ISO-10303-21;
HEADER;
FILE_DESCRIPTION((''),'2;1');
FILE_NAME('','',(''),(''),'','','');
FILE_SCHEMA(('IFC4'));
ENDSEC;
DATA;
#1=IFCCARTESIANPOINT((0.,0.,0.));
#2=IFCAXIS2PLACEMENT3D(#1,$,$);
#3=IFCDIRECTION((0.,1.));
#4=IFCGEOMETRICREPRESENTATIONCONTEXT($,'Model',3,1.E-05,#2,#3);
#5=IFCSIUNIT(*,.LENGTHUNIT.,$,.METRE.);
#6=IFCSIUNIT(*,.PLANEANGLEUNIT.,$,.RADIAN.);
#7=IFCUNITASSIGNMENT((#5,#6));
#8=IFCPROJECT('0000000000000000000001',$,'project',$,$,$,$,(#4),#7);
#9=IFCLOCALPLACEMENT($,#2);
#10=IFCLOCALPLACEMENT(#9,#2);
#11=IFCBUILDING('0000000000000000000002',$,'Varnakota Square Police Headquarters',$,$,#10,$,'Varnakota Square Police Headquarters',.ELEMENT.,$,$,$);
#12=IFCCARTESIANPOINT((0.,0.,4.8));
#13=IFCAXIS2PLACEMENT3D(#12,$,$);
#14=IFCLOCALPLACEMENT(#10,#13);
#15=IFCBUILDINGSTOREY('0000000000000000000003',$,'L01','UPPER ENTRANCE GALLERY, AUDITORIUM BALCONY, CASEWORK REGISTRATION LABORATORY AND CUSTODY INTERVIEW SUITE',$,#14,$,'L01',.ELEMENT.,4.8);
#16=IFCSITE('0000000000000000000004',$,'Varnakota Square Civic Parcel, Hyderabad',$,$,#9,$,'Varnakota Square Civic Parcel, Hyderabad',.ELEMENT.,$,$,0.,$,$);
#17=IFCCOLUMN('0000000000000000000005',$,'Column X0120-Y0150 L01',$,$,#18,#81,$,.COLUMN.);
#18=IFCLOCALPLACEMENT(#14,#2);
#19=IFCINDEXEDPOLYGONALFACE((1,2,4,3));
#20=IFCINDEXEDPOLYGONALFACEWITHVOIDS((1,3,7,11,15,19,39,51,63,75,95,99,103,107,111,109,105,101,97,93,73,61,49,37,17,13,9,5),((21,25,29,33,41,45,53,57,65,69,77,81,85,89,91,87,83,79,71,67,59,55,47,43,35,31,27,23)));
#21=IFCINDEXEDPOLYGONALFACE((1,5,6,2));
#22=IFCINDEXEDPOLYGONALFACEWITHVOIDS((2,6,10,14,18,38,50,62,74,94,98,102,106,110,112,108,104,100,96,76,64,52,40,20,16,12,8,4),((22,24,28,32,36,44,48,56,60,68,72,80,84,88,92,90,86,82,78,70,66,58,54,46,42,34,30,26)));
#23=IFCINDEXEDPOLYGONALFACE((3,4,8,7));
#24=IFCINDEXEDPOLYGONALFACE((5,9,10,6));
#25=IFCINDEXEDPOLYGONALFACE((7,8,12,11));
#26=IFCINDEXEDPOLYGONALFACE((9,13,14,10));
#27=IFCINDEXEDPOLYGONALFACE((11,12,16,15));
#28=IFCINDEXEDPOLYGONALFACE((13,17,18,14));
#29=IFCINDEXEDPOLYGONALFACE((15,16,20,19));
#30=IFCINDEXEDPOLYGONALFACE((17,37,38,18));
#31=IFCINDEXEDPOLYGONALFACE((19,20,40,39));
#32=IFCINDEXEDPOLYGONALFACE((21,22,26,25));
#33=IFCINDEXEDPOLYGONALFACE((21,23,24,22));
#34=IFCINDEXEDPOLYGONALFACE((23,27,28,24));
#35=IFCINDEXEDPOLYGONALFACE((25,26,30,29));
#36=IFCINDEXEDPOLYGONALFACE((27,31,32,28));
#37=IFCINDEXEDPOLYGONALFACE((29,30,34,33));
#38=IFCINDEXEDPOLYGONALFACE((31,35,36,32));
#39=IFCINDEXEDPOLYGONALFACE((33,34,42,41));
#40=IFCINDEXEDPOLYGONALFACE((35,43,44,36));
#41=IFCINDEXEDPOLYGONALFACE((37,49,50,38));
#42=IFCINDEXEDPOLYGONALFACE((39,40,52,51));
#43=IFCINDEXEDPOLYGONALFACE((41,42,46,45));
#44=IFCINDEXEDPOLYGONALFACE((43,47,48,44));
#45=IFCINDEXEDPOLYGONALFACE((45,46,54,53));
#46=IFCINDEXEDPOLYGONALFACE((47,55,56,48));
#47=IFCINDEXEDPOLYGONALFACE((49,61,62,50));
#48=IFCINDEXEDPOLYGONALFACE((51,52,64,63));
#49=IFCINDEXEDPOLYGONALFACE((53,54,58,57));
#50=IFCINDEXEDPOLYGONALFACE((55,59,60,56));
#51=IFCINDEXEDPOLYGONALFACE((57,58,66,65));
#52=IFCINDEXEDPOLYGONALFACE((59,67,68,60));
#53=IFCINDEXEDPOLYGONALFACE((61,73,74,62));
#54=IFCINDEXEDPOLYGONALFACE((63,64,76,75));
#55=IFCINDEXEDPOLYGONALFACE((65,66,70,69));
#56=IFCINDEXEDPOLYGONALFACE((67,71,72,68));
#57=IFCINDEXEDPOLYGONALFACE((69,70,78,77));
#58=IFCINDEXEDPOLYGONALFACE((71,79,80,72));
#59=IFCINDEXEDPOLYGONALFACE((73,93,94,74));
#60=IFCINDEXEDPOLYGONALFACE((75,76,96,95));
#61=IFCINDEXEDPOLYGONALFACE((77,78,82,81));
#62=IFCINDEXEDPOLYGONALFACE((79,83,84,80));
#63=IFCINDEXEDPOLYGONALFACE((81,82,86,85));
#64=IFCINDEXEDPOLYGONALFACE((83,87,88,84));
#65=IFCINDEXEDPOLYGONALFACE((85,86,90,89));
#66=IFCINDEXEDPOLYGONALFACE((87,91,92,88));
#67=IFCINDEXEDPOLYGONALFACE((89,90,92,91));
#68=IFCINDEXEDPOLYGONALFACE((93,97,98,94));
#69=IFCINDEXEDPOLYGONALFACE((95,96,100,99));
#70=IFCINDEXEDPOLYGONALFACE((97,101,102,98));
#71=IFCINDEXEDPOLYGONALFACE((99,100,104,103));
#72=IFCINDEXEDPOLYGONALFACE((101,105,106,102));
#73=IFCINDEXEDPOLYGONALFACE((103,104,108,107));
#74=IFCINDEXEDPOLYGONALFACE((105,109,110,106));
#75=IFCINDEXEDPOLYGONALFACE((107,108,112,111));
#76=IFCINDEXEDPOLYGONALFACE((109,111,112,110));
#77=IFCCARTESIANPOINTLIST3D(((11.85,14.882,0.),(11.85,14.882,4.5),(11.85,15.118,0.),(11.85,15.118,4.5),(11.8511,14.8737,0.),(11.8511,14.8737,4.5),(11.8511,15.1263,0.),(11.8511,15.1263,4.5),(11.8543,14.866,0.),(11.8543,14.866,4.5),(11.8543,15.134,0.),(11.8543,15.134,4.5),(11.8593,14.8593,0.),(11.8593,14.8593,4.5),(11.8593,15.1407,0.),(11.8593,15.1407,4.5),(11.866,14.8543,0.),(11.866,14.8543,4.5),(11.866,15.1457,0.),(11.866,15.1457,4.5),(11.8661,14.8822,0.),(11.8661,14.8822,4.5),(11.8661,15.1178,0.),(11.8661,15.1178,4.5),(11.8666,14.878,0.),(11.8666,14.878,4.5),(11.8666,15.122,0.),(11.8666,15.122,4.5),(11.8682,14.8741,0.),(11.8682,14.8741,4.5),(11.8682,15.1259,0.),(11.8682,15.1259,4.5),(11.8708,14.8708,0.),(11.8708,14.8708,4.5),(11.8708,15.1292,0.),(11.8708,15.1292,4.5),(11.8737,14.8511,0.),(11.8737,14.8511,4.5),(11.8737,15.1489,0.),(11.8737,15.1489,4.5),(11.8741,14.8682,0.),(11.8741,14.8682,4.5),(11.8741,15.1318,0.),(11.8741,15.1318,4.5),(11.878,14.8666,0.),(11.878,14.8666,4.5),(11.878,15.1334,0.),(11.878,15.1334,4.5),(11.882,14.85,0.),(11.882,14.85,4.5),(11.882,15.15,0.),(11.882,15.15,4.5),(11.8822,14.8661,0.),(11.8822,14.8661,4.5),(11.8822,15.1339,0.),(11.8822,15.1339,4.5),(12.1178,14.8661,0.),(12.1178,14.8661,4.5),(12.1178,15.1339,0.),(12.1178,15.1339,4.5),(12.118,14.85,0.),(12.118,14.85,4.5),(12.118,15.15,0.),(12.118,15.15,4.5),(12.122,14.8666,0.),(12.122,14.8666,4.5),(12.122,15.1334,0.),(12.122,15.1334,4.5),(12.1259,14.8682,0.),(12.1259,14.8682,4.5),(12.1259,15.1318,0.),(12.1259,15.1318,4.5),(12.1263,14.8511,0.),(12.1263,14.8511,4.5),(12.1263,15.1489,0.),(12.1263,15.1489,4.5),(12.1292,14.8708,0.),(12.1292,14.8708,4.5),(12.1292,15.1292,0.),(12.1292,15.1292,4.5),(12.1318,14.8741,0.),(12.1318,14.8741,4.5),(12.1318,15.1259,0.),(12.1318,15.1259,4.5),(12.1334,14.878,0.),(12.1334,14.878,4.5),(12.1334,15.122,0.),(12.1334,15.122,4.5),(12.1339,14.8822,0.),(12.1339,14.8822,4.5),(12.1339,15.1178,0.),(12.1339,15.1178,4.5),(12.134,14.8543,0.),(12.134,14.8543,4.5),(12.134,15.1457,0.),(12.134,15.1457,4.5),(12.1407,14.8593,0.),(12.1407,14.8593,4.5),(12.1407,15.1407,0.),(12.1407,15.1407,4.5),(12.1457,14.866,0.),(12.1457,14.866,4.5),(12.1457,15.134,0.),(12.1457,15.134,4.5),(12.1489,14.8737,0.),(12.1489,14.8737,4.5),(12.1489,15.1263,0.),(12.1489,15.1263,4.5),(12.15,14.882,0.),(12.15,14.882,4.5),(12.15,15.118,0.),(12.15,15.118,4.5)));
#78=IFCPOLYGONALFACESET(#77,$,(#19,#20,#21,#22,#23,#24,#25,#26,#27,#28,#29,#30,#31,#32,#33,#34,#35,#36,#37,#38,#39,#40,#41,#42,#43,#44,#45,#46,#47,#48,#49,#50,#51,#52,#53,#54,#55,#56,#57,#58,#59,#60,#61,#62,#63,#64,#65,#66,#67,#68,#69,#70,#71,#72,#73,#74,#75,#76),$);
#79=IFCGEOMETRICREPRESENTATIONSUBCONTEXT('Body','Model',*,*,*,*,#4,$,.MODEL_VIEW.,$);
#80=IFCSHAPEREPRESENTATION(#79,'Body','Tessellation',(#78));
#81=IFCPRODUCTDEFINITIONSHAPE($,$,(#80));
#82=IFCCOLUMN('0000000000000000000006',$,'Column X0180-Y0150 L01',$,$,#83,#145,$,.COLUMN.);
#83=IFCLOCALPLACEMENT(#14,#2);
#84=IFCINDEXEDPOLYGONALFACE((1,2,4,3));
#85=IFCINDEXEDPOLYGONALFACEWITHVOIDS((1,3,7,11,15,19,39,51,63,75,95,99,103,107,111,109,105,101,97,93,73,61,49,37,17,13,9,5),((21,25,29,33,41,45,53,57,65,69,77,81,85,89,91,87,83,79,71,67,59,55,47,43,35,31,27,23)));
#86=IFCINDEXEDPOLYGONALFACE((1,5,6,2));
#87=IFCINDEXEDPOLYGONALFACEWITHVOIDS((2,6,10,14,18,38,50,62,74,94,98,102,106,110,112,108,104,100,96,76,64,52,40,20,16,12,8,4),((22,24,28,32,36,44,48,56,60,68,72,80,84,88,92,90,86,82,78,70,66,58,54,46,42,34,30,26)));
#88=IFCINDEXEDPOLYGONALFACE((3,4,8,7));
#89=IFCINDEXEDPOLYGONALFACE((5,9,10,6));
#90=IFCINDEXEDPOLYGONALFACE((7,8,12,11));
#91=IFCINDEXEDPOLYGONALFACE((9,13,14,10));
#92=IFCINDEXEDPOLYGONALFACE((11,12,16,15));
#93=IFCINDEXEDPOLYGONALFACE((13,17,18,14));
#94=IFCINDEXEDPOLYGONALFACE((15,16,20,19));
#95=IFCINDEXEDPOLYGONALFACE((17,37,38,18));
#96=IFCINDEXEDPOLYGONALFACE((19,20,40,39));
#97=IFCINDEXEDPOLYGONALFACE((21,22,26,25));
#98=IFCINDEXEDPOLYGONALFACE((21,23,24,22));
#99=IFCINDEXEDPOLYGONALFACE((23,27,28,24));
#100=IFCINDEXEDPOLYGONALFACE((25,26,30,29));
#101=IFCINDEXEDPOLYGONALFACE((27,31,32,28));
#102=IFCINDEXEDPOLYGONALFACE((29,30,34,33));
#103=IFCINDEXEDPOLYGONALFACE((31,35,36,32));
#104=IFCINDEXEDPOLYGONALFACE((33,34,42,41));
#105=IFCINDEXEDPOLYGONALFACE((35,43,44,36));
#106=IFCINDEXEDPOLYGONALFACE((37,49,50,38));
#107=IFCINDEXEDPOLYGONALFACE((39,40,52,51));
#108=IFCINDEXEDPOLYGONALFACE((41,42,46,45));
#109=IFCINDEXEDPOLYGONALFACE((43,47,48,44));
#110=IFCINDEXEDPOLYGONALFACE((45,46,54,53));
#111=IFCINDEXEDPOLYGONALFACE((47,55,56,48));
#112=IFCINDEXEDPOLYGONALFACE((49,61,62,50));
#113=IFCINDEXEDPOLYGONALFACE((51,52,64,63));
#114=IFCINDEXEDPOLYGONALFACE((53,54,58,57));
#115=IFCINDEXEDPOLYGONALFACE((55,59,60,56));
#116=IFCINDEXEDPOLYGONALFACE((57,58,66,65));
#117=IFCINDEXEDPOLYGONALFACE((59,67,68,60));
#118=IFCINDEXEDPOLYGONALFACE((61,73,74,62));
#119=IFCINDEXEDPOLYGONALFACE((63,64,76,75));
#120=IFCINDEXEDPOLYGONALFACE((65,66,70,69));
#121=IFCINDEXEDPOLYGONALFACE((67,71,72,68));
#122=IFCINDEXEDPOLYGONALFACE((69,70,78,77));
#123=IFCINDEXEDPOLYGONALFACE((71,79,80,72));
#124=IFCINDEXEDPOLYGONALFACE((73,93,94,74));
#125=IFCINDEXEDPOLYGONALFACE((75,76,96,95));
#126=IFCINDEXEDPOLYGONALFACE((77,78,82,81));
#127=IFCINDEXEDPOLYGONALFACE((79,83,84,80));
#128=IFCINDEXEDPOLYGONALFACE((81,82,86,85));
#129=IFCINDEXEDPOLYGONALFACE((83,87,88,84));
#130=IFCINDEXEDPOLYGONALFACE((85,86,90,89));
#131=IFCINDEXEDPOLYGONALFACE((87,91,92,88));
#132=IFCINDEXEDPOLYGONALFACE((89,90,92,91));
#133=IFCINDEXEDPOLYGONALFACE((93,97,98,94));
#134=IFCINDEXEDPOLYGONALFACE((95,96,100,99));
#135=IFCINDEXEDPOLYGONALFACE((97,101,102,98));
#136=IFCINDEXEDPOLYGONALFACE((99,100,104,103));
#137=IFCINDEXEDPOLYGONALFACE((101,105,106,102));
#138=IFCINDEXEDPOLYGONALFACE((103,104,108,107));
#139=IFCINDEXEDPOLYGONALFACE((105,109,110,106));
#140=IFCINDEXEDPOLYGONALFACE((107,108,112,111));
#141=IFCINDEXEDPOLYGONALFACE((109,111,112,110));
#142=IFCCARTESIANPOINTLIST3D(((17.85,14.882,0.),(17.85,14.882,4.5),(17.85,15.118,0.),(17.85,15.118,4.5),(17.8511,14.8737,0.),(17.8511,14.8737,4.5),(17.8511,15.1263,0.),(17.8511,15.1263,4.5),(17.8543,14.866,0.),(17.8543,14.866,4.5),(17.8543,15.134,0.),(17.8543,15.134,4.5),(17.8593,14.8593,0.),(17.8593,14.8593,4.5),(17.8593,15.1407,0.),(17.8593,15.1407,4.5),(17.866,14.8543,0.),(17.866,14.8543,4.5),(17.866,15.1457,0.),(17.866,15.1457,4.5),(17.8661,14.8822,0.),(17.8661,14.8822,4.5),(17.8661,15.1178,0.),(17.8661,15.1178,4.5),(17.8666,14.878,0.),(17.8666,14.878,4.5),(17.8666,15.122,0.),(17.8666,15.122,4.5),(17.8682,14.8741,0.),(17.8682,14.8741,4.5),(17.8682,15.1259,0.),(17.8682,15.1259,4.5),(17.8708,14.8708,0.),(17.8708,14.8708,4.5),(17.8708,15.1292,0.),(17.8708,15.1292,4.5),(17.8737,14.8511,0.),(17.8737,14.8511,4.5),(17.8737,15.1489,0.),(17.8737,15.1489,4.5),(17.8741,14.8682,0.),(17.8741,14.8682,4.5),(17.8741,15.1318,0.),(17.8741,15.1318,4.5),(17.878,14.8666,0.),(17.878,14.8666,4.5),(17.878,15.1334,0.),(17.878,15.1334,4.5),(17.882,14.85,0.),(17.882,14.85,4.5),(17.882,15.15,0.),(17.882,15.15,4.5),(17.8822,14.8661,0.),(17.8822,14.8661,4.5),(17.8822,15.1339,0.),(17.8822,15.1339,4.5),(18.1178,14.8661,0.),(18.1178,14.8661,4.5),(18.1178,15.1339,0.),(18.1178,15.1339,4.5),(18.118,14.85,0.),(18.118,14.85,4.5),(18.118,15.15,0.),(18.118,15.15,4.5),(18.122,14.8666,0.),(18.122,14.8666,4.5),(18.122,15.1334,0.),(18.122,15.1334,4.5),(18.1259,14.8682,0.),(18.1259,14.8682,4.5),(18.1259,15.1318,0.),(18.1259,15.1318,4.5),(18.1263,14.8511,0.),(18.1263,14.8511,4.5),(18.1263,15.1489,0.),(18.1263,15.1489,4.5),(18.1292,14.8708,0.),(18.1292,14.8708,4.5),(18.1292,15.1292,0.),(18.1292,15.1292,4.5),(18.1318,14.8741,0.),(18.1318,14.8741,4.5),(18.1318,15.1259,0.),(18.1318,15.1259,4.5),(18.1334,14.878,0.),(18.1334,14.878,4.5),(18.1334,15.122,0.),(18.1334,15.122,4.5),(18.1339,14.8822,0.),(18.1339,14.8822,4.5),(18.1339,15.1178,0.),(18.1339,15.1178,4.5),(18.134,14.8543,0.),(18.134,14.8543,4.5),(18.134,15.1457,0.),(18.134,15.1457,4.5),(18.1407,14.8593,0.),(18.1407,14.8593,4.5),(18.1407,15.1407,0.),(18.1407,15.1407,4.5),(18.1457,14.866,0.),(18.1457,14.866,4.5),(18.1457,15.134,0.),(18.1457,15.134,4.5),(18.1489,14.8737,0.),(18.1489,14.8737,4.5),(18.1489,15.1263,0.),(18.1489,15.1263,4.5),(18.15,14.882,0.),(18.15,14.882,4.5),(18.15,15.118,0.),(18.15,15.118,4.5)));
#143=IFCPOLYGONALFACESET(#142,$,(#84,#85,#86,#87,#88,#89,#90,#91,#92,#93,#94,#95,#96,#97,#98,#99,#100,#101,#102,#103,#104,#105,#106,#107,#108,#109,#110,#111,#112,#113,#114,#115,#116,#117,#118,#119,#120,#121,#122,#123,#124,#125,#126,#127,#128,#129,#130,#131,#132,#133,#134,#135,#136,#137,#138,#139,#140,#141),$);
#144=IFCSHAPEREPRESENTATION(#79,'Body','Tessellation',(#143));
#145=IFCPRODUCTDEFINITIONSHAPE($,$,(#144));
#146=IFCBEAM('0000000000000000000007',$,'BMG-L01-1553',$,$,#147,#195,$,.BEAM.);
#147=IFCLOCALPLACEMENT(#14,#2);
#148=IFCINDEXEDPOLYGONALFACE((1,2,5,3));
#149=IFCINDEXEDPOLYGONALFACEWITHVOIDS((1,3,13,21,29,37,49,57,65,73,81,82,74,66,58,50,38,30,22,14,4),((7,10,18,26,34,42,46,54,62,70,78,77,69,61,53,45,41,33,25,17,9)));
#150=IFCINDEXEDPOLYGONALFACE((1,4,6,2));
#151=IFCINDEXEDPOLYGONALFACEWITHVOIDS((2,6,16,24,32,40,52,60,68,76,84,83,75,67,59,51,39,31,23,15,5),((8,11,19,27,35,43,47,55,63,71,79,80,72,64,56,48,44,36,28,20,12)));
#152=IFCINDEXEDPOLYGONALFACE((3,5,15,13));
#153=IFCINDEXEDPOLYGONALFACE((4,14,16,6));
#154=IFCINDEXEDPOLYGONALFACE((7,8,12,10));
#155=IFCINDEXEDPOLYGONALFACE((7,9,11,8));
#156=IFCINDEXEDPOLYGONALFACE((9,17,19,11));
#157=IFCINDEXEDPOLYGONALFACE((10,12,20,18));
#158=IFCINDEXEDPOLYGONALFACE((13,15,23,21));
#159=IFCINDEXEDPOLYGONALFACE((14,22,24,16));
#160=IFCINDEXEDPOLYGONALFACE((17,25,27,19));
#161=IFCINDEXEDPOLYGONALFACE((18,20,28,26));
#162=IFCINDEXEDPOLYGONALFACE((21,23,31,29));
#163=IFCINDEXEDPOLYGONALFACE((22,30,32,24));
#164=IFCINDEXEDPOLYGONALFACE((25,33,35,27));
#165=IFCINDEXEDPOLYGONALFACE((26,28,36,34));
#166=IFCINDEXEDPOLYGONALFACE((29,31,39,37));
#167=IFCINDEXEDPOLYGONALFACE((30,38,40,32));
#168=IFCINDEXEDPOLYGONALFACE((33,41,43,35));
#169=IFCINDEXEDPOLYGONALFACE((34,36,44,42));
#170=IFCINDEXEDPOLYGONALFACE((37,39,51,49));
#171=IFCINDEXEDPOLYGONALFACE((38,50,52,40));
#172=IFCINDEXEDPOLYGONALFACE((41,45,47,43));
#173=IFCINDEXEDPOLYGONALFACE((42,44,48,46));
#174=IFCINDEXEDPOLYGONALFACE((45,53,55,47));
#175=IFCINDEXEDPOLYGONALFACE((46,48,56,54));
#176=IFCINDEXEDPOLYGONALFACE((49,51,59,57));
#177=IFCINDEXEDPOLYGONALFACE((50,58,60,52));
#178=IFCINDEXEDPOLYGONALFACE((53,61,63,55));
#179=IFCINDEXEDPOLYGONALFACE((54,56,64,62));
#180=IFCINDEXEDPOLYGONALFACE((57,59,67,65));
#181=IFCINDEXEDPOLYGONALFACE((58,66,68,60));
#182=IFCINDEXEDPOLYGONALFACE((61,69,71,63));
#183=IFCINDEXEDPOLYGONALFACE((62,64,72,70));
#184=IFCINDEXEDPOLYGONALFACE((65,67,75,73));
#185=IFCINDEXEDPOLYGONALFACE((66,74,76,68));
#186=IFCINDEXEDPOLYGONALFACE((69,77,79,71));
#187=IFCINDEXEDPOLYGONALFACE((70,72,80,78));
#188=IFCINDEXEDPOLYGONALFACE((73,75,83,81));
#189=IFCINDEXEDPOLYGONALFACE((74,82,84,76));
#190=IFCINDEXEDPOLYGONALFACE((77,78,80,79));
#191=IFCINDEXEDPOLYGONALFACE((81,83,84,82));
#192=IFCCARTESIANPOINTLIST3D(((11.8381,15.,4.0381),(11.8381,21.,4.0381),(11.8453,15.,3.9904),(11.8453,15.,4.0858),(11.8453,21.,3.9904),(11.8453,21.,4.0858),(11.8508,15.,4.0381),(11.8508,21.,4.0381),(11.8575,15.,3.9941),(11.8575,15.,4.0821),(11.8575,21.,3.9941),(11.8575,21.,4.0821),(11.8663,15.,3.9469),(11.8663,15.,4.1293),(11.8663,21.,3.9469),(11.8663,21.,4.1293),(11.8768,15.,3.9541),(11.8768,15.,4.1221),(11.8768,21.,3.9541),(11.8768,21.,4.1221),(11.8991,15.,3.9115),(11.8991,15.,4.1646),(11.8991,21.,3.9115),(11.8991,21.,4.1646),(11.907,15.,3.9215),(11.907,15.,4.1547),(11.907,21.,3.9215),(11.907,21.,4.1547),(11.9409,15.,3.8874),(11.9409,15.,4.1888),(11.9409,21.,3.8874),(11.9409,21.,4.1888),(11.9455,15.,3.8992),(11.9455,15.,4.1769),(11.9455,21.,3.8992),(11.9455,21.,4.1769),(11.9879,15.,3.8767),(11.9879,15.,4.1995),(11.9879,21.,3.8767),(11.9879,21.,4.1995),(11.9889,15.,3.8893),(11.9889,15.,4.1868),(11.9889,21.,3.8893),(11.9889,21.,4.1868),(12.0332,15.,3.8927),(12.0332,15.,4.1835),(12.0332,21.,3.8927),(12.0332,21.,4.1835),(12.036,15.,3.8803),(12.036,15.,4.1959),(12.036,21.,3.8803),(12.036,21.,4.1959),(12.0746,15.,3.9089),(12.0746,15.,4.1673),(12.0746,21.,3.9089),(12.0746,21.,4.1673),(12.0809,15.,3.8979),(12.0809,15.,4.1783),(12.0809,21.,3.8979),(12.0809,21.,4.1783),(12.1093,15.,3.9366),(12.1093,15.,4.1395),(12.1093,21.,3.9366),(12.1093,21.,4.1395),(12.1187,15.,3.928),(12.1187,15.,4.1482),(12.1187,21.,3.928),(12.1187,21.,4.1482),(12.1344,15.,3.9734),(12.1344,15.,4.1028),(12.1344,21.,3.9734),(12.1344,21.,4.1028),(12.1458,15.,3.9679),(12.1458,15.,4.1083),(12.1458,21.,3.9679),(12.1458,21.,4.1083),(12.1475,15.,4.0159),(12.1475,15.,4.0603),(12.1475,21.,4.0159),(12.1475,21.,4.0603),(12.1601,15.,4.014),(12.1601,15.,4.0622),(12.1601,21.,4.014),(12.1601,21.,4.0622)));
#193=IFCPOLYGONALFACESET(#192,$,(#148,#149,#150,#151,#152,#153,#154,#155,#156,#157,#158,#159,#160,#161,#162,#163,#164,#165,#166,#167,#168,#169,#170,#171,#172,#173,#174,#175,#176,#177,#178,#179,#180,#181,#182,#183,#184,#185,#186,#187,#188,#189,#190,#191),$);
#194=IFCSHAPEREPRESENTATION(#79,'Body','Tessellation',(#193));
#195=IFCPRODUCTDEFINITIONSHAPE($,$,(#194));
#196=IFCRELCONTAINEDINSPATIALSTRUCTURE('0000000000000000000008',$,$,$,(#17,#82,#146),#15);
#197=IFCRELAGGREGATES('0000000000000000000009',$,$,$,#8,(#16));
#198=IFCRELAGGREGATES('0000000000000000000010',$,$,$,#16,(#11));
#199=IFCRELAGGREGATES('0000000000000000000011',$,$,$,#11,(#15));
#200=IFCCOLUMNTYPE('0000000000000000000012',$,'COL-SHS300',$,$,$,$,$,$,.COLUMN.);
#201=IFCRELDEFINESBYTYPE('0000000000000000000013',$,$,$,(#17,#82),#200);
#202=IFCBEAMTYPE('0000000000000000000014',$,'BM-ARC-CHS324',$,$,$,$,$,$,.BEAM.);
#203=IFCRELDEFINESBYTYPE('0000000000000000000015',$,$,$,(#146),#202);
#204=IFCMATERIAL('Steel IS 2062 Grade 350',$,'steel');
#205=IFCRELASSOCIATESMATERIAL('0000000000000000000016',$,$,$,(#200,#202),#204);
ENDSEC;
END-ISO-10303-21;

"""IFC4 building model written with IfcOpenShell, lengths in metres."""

from ifc_helpers import new_model, si_unit, direction, frame, origin, origin_2d, place, context, subcontext, project, spatial, hollow_rectangle, hollow_circle, extrude, material, material_profile, profile_set, type_object, element, save


model = new_model("IFC4")

# Units and contexts
model_context = context("Model", 3, precision=1e-05, world=origin(), true_north=direction((0.0, 1.0)))
body_context = subcontext(model_context, "Body", "Model", "MODEL_VIEW")
ifc_project = project(units=[si_unit("LENGTHUNIT", "METRE"), si_unit("PLANEANGLEUNIT", "RADIAN")], contexts=[model_context])

# Site, building, storey
site_placement = place(None, origin())
site = spatial("IfcSite", under=ifc_project, at=site_placement, Name="Varnakota Square Civic Parcel, Hyderabad", LongName="Varnakota Square Civic Parcel, Hyderabad", CompositionType="ELEMENT", RefElevation=0.0)
building_placement = place(site_placement, origin())
building = spatial("IfcBuilding", under=site, at=building_placement, Name="Varnakota Square Police Headquarters", LongName="Varnakota Square Police Headquarters", CompositionType="ELEMENT")
storey_placement = place(building_placement, frame((0.0, 0.0, 4.8)))
storey = spatial("IfcBuildingStorey", under=building, at=storey_placement, Name="L01", Description="UPPER ENTRANCE GALLERY, AUDITORIUM BALCONY, CASEWORK REGISTRATION LABORATORY AND CUSTODY INTERVIEW SUITE", LongName="L01", CompositionType="ELEMENT", Elevation=4.8)

# Columns
ifc_material_1 = material(Name="Steel IS 2062 Grade 350", Category="steel")
ifc_material_profile_1 = material_profile(ifc_material_1, hollow_rectangle(XDim=0.3, YDim=0.3, WallThickness=0.0161, InnerFilletRadius=0.0161, OuterFilletRadius=0.032, at=origin_2d()), Name="SHS 300x300x16")
ifc_profile_set_1 = profile_set([ifc_material_profile_1], Name="Steel IS 2062 Grade 350")
column_type_1 = type_object("IfcColumnType", Name="COL-SHS300", PredefinedType="COLUMN", material=ifc_profile_set_1)
for number, where, z_axis, x_axis, name in (
    (1, (12.0, 15.0, 0.0), (0.0, 0.0, 1.0), (1.0, 0.0, 0.0), "Column X0120-Y0150 L01"),
    (2, (18.0, 15.0, 0.0), (0.0, 0.0, 1.0), (1.0, 0.0, 0.0), "Column X0180-Y0150 L01"),
):
    element("IfcColumn", number, at=place(storey_placement, frame(where, z_axis=z_axis, x_axis=x_axis)), inside=storey, type_object=column_type_1, Name=name, PredefinedType="COLUMN", context=body_context, shape_type="SweptSolid", body=[
        extrude(hollow_rectangle(XDim=0.3, YDim=0.3, WallThickness=0.0161, InnerFilletRadius=0.0161, OuterFilletRadius=0.032, at=origin_2d()), origin(), (0.0, 0.0, 1.0), 4.5),
    ])

# Beam
ifc_material_profile_2 = material_profile(ifc_material_1, hollow_circle(Radius=0.1619, WallThickness=0.0127, at=origin_2d()), Name="CHS 323.9x12.7")
ifc_profile_set_2 = profile_set([ifc_material_profile_2], Name="Steel IS 2062 Grade 350")
beam_type_1 = type_object("IfcBeamType", Name="BM-ARC-CHS324", PredefinedType="BEAM", material=ifc_profile_set_2)
for number, where, z_axis, x_axis, name in (
    (3, (12.0, 15.0, 4.0381), (0.0, 1.0, 0.0), (-1.0, 0.0, 0.0), "BMG-L01-1553"),
):
    element("IfcBeam", number, at=place(storey_placement, frame(where, z_axis=z_axis, x_axis=x_axis)), inside=storey, type_object=beam_type_1, Name=name, PredefinedType="BEAM", context=body_context, shape_type="SweptSolid", body=[
        extrude(hollow_circle(Radius=0.1619, WallThickness=0.0127, at=origin_2d()), origin(), (0.0, 0.0, 1.0), 6.0),
    ])

save(model, "model.ifc")
